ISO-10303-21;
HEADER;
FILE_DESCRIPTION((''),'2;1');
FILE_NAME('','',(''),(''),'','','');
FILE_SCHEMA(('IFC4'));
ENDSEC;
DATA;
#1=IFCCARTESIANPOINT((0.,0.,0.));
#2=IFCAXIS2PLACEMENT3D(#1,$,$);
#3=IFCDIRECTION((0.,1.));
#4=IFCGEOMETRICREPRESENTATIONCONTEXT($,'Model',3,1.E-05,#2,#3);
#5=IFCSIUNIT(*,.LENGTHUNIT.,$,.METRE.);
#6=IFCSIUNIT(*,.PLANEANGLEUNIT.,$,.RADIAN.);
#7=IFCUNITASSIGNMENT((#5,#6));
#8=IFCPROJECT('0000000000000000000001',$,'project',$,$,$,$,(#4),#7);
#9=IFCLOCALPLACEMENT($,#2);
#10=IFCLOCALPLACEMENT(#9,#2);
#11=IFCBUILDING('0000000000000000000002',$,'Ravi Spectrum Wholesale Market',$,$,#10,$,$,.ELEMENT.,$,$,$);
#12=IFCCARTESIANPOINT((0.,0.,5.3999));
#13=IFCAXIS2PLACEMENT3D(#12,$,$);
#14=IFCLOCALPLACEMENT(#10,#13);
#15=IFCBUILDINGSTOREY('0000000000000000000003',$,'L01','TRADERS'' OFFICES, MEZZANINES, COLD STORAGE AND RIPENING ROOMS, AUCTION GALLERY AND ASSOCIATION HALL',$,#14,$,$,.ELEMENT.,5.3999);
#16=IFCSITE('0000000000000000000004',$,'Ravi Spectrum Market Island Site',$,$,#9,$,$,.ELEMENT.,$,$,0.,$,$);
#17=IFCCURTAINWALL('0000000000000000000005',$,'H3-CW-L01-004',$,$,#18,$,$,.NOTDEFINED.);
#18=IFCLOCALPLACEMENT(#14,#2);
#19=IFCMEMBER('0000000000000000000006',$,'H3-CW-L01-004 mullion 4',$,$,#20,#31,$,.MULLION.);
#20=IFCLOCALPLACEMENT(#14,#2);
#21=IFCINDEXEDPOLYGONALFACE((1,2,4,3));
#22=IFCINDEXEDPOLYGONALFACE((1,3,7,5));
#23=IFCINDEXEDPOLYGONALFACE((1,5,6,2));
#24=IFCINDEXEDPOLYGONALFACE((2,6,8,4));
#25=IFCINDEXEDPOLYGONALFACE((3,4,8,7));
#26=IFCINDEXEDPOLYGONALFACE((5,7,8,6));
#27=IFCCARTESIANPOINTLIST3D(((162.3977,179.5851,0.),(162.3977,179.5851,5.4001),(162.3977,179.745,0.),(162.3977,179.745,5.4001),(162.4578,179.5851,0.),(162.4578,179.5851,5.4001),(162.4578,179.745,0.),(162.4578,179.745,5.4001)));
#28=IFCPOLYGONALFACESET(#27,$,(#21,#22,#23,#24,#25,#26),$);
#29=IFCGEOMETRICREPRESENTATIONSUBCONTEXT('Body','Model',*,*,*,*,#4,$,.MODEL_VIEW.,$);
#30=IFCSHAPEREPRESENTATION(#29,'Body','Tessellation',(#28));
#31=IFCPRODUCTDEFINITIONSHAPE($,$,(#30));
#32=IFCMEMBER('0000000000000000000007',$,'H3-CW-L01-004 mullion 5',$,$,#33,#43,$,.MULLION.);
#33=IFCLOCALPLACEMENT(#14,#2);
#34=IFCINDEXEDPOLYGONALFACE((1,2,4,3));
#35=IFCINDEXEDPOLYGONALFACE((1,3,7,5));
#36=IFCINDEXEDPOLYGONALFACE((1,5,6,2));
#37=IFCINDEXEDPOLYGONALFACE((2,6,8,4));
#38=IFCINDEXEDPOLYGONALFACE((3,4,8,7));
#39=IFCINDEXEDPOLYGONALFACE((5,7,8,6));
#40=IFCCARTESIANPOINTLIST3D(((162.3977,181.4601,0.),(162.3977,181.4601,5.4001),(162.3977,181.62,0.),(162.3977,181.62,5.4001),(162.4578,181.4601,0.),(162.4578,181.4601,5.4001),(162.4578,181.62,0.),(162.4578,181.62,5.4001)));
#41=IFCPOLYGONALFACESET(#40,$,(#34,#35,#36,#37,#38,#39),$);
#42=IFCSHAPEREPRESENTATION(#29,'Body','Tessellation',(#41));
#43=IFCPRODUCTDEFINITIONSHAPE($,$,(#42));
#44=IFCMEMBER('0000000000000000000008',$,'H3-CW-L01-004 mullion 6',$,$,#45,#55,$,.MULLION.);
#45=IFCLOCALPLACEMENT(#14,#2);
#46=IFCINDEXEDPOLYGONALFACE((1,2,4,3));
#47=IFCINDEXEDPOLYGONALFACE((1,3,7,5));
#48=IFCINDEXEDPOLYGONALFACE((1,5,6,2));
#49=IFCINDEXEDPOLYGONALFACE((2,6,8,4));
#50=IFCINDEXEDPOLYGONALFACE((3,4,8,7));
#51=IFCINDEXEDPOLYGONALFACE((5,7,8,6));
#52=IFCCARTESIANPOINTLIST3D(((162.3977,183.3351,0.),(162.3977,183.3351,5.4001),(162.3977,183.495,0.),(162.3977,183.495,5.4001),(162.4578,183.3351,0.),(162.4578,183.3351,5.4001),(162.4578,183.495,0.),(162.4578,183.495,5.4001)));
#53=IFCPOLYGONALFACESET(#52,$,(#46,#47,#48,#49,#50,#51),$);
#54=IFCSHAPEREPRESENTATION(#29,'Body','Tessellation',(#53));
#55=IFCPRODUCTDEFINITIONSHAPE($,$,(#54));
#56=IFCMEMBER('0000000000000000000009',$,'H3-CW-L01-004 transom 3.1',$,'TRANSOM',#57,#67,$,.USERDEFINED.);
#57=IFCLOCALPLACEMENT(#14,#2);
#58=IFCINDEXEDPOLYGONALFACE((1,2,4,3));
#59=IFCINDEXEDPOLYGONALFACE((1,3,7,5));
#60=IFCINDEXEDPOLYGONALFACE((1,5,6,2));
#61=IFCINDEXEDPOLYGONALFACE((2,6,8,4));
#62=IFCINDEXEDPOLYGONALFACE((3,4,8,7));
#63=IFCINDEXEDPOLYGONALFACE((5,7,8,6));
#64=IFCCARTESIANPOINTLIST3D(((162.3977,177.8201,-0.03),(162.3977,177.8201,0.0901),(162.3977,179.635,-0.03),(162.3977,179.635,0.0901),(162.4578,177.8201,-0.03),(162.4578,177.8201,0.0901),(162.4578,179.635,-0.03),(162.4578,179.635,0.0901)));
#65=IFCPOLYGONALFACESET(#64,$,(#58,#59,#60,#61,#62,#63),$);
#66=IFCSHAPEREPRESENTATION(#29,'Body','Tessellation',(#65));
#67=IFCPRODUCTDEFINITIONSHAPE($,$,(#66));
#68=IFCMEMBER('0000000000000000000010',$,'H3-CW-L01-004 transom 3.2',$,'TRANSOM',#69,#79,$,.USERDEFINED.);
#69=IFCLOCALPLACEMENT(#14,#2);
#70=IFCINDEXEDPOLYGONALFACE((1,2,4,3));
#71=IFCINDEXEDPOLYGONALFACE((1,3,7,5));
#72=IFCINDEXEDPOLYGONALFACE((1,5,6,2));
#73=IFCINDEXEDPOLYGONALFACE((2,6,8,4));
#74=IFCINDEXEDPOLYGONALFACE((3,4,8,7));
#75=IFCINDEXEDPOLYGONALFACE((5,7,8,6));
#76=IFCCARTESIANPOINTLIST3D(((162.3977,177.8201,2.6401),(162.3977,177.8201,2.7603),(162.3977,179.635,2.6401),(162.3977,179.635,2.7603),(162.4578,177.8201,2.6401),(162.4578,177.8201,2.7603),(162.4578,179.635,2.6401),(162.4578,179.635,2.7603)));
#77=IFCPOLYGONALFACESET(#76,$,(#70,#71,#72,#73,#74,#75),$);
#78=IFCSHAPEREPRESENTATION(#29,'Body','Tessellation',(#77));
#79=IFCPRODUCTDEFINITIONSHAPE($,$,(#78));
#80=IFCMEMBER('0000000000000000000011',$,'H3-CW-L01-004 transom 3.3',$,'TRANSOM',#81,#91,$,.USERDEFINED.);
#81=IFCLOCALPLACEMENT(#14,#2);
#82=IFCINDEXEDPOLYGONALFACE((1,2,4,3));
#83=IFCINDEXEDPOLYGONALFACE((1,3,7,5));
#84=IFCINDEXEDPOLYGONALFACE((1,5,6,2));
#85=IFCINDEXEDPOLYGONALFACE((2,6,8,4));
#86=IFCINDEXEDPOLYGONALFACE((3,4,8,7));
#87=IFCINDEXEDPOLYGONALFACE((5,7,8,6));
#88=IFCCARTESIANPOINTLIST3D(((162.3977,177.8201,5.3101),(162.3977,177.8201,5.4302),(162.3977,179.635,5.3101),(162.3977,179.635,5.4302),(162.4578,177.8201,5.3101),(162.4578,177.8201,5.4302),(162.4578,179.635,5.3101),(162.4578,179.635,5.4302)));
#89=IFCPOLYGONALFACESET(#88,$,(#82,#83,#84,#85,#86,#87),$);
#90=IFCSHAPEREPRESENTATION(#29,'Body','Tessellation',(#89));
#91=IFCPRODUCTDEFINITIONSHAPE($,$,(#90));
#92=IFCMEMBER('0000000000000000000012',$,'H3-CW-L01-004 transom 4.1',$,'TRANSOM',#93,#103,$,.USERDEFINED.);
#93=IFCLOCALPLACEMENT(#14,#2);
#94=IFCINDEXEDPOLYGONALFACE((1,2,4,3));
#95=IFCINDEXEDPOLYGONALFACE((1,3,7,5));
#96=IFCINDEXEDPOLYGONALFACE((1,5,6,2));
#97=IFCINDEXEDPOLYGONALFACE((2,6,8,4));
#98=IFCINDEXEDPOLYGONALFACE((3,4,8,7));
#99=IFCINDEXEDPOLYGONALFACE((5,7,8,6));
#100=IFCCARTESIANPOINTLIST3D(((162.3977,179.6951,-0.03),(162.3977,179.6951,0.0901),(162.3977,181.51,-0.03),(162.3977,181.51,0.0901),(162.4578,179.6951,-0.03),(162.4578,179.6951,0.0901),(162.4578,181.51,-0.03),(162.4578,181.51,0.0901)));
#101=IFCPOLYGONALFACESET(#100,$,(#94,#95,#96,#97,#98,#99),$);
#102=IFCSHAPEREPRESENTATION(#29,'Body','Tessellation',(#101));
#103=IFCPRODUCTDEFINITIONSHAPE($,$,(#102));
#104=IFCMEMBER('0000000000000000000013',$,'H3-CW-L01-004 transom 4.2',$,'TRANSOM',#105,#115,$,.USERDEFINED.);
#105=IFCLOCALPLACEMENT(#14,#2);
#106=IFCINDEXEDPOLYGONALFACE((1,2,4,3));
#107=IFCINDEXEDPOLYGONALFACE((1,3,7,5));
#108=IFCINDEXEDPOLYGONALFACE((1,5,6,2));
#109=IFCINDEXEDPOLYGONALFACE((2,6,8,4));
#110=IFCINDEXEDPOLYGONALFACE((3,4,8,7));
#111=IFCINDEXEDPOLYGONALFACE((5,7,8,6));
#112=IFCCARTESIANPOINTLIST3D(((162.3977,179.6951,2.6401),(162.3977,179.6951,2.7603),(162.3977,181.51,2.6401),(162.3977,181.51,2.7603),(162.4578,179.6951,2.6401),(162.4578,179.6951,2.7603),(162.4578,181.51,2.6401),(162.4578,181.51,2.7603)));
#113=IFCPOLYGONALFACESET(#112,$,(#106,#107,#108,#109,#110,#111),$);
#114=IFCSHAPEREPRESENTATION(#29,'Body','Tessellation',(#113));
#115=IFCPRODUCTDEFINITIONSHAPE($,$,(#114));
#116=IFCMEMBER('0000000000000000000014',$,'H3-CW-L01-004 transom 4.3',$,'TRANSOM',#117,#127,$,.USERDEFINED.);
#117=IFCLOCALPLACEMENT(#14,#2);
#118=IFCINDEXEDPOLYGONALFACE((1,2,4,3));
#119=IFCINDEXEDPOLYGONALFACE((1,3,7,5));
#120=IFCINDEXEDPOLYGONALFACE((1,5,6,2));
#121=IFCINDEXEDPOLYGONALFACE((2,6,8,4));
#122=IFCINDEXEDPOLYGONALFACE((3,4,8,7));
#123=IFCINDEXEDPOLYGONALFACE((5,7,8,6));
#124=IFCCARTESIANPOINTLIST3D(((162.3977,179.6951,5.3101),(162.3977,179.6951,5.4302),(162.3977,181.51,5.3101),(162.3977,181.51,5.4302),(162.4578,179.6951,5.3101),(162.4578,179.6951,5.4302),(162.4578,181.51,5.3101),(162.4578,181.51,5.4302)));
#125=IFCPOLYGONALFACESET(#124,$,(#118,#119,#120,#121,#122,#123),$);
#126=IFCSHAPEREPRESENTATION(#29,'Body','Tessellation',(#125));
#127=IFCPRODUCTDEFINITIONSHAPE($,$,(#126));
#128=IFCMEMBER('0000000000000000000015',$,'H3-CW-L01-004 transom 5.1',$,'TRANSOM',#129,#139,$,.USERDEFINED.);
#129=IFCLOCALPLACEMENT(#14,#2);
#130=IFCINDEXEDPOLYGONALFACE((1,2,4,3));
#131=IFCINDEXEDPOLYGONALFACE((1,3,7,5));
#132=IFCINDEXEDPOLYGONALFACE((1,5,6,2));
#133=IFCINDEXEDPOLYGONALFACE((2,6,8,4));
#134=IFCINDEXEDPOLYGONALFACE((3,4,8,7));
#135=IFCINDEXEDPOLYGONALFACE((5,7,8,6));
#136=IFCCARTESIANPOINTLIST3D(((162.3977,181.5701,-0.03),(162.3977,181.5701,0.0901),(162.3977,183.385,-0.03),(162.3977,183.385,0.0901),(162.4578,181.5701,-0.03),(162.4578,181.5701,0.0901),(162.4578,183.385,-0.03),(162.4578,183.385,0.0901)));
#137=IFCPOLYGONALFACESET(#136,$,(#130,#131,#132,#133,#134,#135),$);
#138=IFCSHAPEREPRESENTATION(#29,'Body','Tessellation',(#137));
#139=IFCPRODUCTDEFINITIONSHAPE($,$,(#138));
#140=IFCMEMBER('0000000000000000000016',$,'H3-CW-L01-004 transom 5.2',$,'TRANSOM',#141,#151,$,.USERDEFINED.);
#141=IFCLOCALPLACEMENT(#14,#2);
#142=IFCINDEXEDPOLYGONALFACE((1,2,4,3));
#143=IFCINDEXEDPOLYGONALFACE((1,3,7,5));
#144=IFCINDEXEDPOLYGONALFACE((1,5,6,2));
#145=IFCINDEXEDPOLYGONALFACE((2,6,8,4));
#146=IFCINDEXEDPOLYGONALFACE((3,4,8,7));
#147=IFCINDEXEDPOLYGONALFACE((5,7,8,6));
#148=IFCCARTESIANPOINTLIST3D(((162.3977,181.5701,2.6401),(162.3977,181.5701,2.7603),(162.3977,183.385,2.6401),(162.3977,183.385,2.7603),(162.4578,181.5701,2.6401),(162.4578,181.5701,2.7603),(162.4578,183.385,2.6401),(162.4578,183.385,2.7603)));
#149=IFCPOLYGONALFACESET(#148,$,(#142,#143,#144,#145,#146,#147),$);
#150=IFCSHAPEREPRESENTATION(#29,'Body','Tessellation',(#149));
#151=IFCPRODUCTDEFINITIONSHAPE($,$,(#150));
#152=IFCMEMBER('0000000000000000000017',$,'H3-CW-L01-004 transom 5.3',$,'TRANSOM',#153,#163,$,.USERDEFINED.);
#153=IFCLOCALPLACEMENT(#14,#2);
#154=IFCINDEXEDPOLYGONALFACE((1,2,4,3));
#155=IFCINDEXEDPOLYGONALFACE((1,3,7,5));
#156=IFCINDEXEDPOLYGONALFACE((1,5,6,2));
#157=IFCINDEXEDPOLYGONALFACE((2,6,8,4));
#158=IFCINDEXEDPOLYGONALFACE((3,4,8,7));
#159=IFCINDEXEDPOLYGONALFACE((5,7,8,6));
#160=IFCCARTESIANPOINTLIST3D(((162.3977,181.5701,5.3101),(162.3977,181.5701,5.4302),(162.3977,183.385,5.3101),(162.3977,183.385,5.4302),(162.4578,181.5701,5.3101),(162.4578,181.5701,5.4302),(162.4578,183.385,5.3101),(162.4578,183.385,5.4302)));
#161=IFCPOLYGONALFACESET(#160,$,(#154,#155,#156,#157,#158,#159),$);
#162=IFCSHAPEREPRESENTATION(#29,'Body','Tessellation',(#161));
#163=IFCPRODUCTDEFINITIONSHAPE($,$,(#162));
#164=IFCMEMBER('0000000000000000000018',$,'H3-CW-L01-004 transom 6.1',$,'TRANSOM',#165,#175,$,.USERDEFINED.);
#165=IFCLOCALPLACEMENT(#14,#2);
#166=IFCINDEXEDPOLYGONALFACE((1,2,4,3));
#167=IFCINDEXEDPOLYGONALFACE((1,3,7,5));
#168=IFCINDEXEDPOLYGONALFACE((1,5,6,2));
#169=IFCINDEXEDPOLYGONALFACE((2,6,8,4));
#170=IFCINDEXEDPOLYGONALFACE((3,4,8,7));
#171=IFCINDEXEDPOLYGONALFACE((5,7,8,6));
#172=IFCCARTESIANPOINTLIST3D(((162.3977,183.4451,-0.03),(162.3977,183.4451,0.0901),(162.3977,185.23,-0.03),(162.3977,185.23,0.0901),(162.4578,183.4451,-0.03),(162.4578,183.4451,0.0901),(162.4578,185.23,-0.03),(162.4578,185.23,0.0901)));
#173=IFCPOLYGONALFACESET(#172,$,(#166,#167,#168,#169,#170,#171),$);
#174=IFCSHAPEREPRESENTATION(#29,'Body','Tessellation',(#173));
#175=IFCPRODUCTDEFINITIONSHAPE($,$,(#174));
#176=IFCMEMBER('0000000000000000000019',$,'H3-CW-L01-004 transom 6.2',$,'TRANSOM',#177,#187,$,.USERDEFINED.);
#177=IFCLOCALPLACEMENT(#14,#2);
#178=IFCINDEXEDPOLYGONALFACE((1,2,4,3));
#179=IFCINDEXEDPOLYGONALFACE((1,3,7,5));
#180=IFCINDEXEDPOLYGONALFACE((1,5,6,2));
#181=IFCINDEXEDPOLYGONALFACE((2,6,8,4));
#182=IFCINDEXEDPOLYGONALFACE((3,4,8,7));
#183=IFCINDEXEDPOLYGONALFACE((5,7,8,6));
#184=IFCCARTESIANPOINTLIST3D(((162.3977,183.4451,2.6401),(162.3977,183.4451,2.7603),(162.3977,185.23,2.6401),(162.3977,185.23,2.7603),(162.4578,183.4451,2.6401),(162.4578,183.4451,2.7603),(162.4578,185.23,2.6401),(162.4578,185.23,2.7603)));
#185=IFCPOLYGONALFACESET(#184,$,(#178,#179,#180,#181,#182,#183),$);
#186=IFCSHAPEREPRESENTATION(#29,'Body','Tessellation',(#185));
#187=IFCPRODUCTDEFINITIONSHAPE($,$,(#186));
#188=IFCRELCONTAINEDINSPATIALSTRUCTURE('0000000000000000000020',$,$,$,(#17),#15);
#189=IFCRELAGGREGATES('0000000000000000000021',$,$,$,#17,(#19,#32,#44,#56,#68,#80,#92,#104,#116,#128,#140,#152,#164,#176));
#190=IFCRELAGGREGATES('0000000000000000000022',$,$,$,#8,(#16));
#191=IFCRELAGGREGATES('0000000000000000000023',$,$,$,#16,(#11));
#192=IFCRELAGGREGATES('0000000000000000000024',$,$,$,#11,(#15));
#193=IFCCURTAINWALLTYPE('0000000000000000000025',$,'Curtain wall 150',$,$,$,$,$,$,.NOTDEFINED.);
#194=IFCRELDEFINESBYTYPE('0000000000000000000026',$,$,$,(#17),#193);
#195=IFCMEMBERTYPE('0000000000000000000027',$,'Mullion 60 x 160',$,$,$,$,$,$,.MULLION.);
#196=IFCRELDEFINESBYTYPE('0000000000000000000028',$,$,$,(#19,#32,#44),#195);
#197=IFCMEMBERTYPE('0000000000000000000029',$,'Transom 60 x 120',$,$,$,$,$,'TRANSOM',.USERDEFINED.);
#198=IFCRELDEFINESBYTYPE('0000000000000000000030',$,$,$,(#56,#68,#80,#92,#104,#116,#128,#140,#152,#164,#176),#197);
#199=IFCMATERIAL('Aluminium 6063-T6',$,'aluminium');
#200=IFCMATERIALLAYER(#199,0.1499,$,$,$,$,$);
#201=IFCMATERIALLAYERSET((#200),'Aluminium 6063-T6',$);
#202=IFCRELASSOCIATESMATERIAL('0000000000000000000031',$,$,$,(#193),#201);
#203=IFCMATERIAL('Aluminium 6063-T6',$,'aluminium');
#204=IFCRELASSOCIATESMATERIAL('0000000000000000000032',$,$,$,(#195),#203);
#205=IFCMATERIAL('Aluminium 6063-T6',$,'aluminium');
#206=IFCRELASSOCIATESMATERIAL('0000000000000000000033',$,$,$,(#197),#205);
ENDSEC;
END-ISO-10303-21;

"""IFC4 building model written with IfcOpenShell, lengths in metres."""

from ifc_helpers import new_model, si_unit, direction, frame, origin, origin_2d, place, context, subcontext, project, spatial, rectangle, extrude, material, layer, layer_set, material_profile, profile_set, type_object, element, aggregate, save


model = new_model("IFC4")

# Units and contexts
model_context = context("Model", 3, precision=1e-05, world=origin(), true_north=direction((0.0, 1.0)))
body_context = subcontext(model_context, "Body", "Model", "MODEL_VIEW")
ifc_project = project(units=[si_unit("LENGTHUNIT", "METRE"), si_unit("PLANEANGLEUNIT", "RADIAN")], contexts=[model_context])

# Site, building, storey
site_placement = place(None, origin())
site = spatial("IfcSite", under=ifc_project, at=site_placement, Name="Ravi Spectrum Market Island Site", CompositionType="ELEMENT", RefElevation=0.0)
building_placement = place(site_placement, origin())
building = spatial("IfcBuilding", under=site, at=building_placement, Name="Ravi Spectrum Wholesale Market", CompositionType="ELEMENT")
storey_placement = place(building_placement, frame((0.0, 0.0, 5.3999)))
storey = spatial("IfcBuildingStorey", under=building, at=storey_placement, Name="L01", Description="TRADERS' OFFICES, MEZZANINES, COLD STORAGE AND RIPENING ROOMS, AUCTION GALLERY AND ASSOCIATION HALL", CompositionType="ELEMENT", Elevation=5.3999)

# Curtain wall, members
ifc_material_1 = material(Name="Aluminium 6063-T6", Category="aluminium")
ifc_layer_1 = layer(ifc_material_1, 0.1499)
ifc_layer_set_1 = layer_set([ifc_layer_1], Name="Aluminium 6063-T6")
curtain_wall_type = type_object("IfcCurtainWallType", Name="Curtain wall 150", PredefinedType="NOTDEFINED", material=ifc_layer_set_1)
curtain_wall_placement = place(storey_placement, origin())
curtain_wall = element("IfcCurtainWall", 1, at=curtain_wall_placement, inside=storey, type_object=curtain_wall_type, Name="H3-CW-L01-004", PredefinedType="NOTDEFINED")
ifc_material_2 = material(Name="Aluminium 6063-T6", Category="aluminium")
ifc_material_profile_1 = material_profile(ifc_material_2, rectangle(XDim=0.0601, YDim=0.1599, at=origin_2d()))
ifc_profile_set_1 = profile_set([ifc_material_profile_1], Name="Aluminium 6063-T6")
member_type_1 = type_object("IfcMemberType", Name="Mullion 60 x 160", PredefinedType="MULLION", material=ifc_profile_set_1)
member_1_placement = place(storey_placement, frame((162.4277, 179.665, 0.0), z_axis=(0.0, 0.0, 1.0), x_axis=(-1.0, 0.0, 0.0)))
member_1 = element("IfcMember", 2, at=member_1_placement, type_object=member_type_1, Name="H3-CW-L01-004 mullion 4", PredefinedType="MULLION", context=body_context, shape_type="SweptSolid", body=[
    extrude(rectangle(XDim=0.0601, YDim=0.1599, at=origin_2d()), origin(), (0.0, 0.0, 1.0), 5.4001),
])
member_2_placement = place(storey_placement, frame((162.4277, 181.54, 0.0), z_axis=(0.0, 0.0, 1.0), x_axis=(-1.0, 0.0, 0.0)))
member_2 = element("IfcMember", 3, at=member_2_placement, type_object=member_type_1, Name="H3-CW-L01-004 mullion 5", PredefinedType="MULLION", context=body_context, shape_type="SweptSolid", body=[
    extrude(rectangle(XDim=0.0601, YDim=0.1599, at=origin_2d()), origin(), (0.0, 0.0, 1.0), 5.4001),
])
member_3_placement = place(storey_placement, frame((162.4277, 183.415, 0.0), z_axis=(0.0, 0.0, 1.0), x_axis=(-1.0, 0.0, 0.0)))
member_3 = element("IfcMember", 4, at=member_3_placement, type_object=member_type_1, Name="H3-CW-L01-004 mullion 6", PredefinedType="MULLION", context=body_context, shape_type="SweptSolid", body=[
    extrude(rectangle(XDim=0.0601, YDim=0.1599, at=origin_2d()), origin(), (0.0, 0.0, 1.0), 5.4001),
])
ifc_material_3 = material(Name="Aluminium 6063-T6", Category="aluminium")
ifc_material_profile_2 = material_profile(ifc_material_3, rectangle(XDim=0.0601, YDim=0.1201, at=origin_2d()))
ifc_profile_set_2 = profile_set([ifc_material_profile_2], Name="Aluminium 6063-T6")
member_type_2 = type_object("IfcMemberType", Name="Transom 60 x 120", ElementType="TRANSOM", PredefinedType="USERDEFINED", material=ifc_profile_set_2)
member_4_placement = place(storey_placement, frame((162.4277, 177.8201, 0.03), z_axis=(0.0, 1.0, 0.0), x_axis=(-1.0, 0.0, 0.0)))
member_4 = element("IfcMember", 5, at=member_4_placement, type_object=member_type_2, Name="H3-CW-L01-004 transom 3.1", ObjectType="TRANSOM", PredefinedType="USERDEFINED", context=body_context, shape_type="SweptSolid", body=[
    extrude(rectangle(XDim=0.0601, YDim=0.1201, at=origin_2d()), origin(), (0.0, 0.0, 1.0), 1.8149),
])
member_5_placement = place(storey_placement, frame((162.4277, 177.8201, 2.7002), z_axis=(0.0, 1.0, 0.0), x_axis=(-1.0, 0.0, 0.0)))
member_5 = element("IfcMember", 6, at=member_5_placement, type_object=member_type_2, Name="H3-CW-L01-004 transom 3.2", ObjectType="TRANSOM", PredefinedType="USERDEFINED", context=body_context, shape_type="SweptSolid", body=[
    extrude(rectangle(XDim=0.0601, YDim=0.1201, at=origin_2d()), origin(), (0.0, 0.0, 1.0), 1.8149),
])
member_6_placement = place(storey_placement, frame((162.4277, 177.8201, 5.3701), z_axis=(0.0, 1.0, 0.0), x_axis=(-1.0, 0.0, 0.0)))
member_6 = element("IfcMember", 7, at=member_6_placement, type_object=member_type_2, Name="H3-CW-L01-004 transom 3.3", ObjectType="TRANSOM", PredefinedType="USERDEFINED", context=body_context, shape_type="SweptSolid", body=[
    extrude(rectangle(XDim=0.0601, YDim=0.1201, at=origin_2d()), origin(), (0.0, 0.0, 1.0), 1.8149),
])
member_7_placement = place(storey_placement, frame((162.4277, 179.6951, 0.03), z_axis=(0.0, 1.0, 0.0), x_axis=(-1.0, 0.0, 0.0)))
member_7 = element("IfcMember", 8, at=member_7_placement, type_object=member_type_2, Name="H3-CW-L01-004 transom 4.1", ObjectType="TRANSOM", PredefinedType="USERDEFINED", context=body_context, shape_type="SweptSolid", body=[
    extrude(rectangle(XDim=0.0601, YDim=0.1201, at=origin_2d()), origin(), (0.0, 0.0, 1.0), 1.8149),
])
member_8_placement = place(storey_placement, frame((162.4277, 179.6951, 2.7002), z_axis=(0.0, 1.0, 0.0), x_axis=(-1.0, 0.0, 0.0)))
member_8 = element("IfcMember", 9, at=member_8_placement, type_object=member_type_2, Name="H3-CW-L01-004 transom 4.2", ObjectType="TRANSOM", PredefinedType="USERDEFINED", context=body_context, shape_type="SweptSolid", body=[
    extrude(rectangle(XDim=0.0601, YDim=0.1201, at=origin_2d()), origin(), (0.0, 0.0, 1.0), 1.8149),
])
member_9_placement = place(storey_placement, frame((162.4277, 179.6951, 5.3701), z_axis=(0.0, 1.0, 0.0), x_axis=(-1.0, 0.0, 0.0)))
member_9 = element("IfcMember", 10, at=member_9_placement, type_object=member_type_2, Name="H3-CW-L01-004 transom 4.3", ObjectType="TRANSOM", PredefinedType="USERDEFINED", context=body_context, shape_type="SweptSolid", body=[
    extrude(rectangle(XDim=0.0601, YDim=0.1201, at=origin_2d()), origin(), (0.0, 0.0, 1.0), 1.8149),
])
member_10_placement = place(storey_placement, frame((162.4277, 181.5701, 0.03), z_axis=(0.0, 1.0, 0.0), x_axis=(-1.0, 0.0, 0.0)))
member_10 = element("IfcMember", 11, at=member_10_placement, type_object=member_type_2, Name="H3-CW-L01-004 transom 5.1", ObjectType="TRANSOM", PredefinedType="USERDEFINED", context=body_context, shape_type="SweptSolid", body=[
    extrude(rectangle(XDim=0.0601, YDim=0.1201, at=origin_2d()), origin(), (0.0, 0.0, 1.0), 1.8149),
])
member_11_placement = place(storey_placement, frame((162.4277, 181.5701, 2.7002), z_axis=(0.0, 1.0, 0.0), x_axis=(-1.0, 0.0, 0.0)))
member_11 = element("IfcMember", 12, at=member_11_placement, type_object=member_type_2, Name="H3-CW-L01-004 transom 5.2", ObjectType="TRANSOM", PredefinedType="USERDEFINED", context=body_context, shape_type="SweptSolid", body=[
    extrude(rectangle(XDim=0.0601, YDim=0.1201, at=origin_2d()), origin(), (0.0, 0.0, 1.0), 1.8149),
])
member_12_placement = place(storey_placement, frame((162.4277, 181.5701, 5.3701), z_axis=(0.0, 1.0, 0.0), x_axis=(-1.0, 0.0, 0.0)))
member_12 = element("IfcMember", 13, at=member_12_placement, type_object=member_type_2, Name="H3-CW-L01-004 transom 5.3", ObjectType="TRANSOM", PredefinedType="USERDEFINED", context=body_context, shape_type="SweptSolid", body=[
    extrude(rectangle(XDim=0.0601, YDim=0.1201, at=origin_2d()), origin(), (0.0, 0.0, 1.0), 1.8149),
])
member_13_placement = place(storey_placement, frame((162.4277, 183.4451, 0.03), z_axis=(0.0, 1.0, 0.0), x_axis=(-1.0, 0.0, 0.0)))
member_13 = element("IfcMember", 14, at=member_13_placement, type_object=member_type_2, Name="H3-CW-L01-004 transom 6.1", ObjectType="TRANSOM", PredefinedType="USERDEFINED", context=body_context, shape_type="SweptSolid", body=[
    extrude(rectangle(XDim=0.0601, YDim=0.1201, at=origin_2d()), origin(), (0.0, 0.0, 1.0), 1.7849),
])
member_14_placement = place(storey_placement, frame((162.4277, 183.4451, 2.7002), z_axis=(0.0, 1.0, 0.0), x_axis=(-1.0, 0.0, 0.0)))
member_14 = element("IfcMember", 15, at=member_14_placement, type_object=member_type_2, Name="H3-CW-L01-004 transom 6.2", ObjectType="TRANSOM", PredefinedType="USERDEFINED", context=body_context, shape_type="SweptSolid", body=[
    extrude(rectangle(XDim=0.0601, YDim=0.1201, at=origin_2d()), origin(), (0.0, 0.0, 1.0), 1.7849),
])
aggregate(curtain_wall, [member_1, member_2, member_3, member_4, member_5, member_6, member_7, member_8, member_9, member_10, member_11, member_12, member_13, member_14])

save(model, "model.ifc")
